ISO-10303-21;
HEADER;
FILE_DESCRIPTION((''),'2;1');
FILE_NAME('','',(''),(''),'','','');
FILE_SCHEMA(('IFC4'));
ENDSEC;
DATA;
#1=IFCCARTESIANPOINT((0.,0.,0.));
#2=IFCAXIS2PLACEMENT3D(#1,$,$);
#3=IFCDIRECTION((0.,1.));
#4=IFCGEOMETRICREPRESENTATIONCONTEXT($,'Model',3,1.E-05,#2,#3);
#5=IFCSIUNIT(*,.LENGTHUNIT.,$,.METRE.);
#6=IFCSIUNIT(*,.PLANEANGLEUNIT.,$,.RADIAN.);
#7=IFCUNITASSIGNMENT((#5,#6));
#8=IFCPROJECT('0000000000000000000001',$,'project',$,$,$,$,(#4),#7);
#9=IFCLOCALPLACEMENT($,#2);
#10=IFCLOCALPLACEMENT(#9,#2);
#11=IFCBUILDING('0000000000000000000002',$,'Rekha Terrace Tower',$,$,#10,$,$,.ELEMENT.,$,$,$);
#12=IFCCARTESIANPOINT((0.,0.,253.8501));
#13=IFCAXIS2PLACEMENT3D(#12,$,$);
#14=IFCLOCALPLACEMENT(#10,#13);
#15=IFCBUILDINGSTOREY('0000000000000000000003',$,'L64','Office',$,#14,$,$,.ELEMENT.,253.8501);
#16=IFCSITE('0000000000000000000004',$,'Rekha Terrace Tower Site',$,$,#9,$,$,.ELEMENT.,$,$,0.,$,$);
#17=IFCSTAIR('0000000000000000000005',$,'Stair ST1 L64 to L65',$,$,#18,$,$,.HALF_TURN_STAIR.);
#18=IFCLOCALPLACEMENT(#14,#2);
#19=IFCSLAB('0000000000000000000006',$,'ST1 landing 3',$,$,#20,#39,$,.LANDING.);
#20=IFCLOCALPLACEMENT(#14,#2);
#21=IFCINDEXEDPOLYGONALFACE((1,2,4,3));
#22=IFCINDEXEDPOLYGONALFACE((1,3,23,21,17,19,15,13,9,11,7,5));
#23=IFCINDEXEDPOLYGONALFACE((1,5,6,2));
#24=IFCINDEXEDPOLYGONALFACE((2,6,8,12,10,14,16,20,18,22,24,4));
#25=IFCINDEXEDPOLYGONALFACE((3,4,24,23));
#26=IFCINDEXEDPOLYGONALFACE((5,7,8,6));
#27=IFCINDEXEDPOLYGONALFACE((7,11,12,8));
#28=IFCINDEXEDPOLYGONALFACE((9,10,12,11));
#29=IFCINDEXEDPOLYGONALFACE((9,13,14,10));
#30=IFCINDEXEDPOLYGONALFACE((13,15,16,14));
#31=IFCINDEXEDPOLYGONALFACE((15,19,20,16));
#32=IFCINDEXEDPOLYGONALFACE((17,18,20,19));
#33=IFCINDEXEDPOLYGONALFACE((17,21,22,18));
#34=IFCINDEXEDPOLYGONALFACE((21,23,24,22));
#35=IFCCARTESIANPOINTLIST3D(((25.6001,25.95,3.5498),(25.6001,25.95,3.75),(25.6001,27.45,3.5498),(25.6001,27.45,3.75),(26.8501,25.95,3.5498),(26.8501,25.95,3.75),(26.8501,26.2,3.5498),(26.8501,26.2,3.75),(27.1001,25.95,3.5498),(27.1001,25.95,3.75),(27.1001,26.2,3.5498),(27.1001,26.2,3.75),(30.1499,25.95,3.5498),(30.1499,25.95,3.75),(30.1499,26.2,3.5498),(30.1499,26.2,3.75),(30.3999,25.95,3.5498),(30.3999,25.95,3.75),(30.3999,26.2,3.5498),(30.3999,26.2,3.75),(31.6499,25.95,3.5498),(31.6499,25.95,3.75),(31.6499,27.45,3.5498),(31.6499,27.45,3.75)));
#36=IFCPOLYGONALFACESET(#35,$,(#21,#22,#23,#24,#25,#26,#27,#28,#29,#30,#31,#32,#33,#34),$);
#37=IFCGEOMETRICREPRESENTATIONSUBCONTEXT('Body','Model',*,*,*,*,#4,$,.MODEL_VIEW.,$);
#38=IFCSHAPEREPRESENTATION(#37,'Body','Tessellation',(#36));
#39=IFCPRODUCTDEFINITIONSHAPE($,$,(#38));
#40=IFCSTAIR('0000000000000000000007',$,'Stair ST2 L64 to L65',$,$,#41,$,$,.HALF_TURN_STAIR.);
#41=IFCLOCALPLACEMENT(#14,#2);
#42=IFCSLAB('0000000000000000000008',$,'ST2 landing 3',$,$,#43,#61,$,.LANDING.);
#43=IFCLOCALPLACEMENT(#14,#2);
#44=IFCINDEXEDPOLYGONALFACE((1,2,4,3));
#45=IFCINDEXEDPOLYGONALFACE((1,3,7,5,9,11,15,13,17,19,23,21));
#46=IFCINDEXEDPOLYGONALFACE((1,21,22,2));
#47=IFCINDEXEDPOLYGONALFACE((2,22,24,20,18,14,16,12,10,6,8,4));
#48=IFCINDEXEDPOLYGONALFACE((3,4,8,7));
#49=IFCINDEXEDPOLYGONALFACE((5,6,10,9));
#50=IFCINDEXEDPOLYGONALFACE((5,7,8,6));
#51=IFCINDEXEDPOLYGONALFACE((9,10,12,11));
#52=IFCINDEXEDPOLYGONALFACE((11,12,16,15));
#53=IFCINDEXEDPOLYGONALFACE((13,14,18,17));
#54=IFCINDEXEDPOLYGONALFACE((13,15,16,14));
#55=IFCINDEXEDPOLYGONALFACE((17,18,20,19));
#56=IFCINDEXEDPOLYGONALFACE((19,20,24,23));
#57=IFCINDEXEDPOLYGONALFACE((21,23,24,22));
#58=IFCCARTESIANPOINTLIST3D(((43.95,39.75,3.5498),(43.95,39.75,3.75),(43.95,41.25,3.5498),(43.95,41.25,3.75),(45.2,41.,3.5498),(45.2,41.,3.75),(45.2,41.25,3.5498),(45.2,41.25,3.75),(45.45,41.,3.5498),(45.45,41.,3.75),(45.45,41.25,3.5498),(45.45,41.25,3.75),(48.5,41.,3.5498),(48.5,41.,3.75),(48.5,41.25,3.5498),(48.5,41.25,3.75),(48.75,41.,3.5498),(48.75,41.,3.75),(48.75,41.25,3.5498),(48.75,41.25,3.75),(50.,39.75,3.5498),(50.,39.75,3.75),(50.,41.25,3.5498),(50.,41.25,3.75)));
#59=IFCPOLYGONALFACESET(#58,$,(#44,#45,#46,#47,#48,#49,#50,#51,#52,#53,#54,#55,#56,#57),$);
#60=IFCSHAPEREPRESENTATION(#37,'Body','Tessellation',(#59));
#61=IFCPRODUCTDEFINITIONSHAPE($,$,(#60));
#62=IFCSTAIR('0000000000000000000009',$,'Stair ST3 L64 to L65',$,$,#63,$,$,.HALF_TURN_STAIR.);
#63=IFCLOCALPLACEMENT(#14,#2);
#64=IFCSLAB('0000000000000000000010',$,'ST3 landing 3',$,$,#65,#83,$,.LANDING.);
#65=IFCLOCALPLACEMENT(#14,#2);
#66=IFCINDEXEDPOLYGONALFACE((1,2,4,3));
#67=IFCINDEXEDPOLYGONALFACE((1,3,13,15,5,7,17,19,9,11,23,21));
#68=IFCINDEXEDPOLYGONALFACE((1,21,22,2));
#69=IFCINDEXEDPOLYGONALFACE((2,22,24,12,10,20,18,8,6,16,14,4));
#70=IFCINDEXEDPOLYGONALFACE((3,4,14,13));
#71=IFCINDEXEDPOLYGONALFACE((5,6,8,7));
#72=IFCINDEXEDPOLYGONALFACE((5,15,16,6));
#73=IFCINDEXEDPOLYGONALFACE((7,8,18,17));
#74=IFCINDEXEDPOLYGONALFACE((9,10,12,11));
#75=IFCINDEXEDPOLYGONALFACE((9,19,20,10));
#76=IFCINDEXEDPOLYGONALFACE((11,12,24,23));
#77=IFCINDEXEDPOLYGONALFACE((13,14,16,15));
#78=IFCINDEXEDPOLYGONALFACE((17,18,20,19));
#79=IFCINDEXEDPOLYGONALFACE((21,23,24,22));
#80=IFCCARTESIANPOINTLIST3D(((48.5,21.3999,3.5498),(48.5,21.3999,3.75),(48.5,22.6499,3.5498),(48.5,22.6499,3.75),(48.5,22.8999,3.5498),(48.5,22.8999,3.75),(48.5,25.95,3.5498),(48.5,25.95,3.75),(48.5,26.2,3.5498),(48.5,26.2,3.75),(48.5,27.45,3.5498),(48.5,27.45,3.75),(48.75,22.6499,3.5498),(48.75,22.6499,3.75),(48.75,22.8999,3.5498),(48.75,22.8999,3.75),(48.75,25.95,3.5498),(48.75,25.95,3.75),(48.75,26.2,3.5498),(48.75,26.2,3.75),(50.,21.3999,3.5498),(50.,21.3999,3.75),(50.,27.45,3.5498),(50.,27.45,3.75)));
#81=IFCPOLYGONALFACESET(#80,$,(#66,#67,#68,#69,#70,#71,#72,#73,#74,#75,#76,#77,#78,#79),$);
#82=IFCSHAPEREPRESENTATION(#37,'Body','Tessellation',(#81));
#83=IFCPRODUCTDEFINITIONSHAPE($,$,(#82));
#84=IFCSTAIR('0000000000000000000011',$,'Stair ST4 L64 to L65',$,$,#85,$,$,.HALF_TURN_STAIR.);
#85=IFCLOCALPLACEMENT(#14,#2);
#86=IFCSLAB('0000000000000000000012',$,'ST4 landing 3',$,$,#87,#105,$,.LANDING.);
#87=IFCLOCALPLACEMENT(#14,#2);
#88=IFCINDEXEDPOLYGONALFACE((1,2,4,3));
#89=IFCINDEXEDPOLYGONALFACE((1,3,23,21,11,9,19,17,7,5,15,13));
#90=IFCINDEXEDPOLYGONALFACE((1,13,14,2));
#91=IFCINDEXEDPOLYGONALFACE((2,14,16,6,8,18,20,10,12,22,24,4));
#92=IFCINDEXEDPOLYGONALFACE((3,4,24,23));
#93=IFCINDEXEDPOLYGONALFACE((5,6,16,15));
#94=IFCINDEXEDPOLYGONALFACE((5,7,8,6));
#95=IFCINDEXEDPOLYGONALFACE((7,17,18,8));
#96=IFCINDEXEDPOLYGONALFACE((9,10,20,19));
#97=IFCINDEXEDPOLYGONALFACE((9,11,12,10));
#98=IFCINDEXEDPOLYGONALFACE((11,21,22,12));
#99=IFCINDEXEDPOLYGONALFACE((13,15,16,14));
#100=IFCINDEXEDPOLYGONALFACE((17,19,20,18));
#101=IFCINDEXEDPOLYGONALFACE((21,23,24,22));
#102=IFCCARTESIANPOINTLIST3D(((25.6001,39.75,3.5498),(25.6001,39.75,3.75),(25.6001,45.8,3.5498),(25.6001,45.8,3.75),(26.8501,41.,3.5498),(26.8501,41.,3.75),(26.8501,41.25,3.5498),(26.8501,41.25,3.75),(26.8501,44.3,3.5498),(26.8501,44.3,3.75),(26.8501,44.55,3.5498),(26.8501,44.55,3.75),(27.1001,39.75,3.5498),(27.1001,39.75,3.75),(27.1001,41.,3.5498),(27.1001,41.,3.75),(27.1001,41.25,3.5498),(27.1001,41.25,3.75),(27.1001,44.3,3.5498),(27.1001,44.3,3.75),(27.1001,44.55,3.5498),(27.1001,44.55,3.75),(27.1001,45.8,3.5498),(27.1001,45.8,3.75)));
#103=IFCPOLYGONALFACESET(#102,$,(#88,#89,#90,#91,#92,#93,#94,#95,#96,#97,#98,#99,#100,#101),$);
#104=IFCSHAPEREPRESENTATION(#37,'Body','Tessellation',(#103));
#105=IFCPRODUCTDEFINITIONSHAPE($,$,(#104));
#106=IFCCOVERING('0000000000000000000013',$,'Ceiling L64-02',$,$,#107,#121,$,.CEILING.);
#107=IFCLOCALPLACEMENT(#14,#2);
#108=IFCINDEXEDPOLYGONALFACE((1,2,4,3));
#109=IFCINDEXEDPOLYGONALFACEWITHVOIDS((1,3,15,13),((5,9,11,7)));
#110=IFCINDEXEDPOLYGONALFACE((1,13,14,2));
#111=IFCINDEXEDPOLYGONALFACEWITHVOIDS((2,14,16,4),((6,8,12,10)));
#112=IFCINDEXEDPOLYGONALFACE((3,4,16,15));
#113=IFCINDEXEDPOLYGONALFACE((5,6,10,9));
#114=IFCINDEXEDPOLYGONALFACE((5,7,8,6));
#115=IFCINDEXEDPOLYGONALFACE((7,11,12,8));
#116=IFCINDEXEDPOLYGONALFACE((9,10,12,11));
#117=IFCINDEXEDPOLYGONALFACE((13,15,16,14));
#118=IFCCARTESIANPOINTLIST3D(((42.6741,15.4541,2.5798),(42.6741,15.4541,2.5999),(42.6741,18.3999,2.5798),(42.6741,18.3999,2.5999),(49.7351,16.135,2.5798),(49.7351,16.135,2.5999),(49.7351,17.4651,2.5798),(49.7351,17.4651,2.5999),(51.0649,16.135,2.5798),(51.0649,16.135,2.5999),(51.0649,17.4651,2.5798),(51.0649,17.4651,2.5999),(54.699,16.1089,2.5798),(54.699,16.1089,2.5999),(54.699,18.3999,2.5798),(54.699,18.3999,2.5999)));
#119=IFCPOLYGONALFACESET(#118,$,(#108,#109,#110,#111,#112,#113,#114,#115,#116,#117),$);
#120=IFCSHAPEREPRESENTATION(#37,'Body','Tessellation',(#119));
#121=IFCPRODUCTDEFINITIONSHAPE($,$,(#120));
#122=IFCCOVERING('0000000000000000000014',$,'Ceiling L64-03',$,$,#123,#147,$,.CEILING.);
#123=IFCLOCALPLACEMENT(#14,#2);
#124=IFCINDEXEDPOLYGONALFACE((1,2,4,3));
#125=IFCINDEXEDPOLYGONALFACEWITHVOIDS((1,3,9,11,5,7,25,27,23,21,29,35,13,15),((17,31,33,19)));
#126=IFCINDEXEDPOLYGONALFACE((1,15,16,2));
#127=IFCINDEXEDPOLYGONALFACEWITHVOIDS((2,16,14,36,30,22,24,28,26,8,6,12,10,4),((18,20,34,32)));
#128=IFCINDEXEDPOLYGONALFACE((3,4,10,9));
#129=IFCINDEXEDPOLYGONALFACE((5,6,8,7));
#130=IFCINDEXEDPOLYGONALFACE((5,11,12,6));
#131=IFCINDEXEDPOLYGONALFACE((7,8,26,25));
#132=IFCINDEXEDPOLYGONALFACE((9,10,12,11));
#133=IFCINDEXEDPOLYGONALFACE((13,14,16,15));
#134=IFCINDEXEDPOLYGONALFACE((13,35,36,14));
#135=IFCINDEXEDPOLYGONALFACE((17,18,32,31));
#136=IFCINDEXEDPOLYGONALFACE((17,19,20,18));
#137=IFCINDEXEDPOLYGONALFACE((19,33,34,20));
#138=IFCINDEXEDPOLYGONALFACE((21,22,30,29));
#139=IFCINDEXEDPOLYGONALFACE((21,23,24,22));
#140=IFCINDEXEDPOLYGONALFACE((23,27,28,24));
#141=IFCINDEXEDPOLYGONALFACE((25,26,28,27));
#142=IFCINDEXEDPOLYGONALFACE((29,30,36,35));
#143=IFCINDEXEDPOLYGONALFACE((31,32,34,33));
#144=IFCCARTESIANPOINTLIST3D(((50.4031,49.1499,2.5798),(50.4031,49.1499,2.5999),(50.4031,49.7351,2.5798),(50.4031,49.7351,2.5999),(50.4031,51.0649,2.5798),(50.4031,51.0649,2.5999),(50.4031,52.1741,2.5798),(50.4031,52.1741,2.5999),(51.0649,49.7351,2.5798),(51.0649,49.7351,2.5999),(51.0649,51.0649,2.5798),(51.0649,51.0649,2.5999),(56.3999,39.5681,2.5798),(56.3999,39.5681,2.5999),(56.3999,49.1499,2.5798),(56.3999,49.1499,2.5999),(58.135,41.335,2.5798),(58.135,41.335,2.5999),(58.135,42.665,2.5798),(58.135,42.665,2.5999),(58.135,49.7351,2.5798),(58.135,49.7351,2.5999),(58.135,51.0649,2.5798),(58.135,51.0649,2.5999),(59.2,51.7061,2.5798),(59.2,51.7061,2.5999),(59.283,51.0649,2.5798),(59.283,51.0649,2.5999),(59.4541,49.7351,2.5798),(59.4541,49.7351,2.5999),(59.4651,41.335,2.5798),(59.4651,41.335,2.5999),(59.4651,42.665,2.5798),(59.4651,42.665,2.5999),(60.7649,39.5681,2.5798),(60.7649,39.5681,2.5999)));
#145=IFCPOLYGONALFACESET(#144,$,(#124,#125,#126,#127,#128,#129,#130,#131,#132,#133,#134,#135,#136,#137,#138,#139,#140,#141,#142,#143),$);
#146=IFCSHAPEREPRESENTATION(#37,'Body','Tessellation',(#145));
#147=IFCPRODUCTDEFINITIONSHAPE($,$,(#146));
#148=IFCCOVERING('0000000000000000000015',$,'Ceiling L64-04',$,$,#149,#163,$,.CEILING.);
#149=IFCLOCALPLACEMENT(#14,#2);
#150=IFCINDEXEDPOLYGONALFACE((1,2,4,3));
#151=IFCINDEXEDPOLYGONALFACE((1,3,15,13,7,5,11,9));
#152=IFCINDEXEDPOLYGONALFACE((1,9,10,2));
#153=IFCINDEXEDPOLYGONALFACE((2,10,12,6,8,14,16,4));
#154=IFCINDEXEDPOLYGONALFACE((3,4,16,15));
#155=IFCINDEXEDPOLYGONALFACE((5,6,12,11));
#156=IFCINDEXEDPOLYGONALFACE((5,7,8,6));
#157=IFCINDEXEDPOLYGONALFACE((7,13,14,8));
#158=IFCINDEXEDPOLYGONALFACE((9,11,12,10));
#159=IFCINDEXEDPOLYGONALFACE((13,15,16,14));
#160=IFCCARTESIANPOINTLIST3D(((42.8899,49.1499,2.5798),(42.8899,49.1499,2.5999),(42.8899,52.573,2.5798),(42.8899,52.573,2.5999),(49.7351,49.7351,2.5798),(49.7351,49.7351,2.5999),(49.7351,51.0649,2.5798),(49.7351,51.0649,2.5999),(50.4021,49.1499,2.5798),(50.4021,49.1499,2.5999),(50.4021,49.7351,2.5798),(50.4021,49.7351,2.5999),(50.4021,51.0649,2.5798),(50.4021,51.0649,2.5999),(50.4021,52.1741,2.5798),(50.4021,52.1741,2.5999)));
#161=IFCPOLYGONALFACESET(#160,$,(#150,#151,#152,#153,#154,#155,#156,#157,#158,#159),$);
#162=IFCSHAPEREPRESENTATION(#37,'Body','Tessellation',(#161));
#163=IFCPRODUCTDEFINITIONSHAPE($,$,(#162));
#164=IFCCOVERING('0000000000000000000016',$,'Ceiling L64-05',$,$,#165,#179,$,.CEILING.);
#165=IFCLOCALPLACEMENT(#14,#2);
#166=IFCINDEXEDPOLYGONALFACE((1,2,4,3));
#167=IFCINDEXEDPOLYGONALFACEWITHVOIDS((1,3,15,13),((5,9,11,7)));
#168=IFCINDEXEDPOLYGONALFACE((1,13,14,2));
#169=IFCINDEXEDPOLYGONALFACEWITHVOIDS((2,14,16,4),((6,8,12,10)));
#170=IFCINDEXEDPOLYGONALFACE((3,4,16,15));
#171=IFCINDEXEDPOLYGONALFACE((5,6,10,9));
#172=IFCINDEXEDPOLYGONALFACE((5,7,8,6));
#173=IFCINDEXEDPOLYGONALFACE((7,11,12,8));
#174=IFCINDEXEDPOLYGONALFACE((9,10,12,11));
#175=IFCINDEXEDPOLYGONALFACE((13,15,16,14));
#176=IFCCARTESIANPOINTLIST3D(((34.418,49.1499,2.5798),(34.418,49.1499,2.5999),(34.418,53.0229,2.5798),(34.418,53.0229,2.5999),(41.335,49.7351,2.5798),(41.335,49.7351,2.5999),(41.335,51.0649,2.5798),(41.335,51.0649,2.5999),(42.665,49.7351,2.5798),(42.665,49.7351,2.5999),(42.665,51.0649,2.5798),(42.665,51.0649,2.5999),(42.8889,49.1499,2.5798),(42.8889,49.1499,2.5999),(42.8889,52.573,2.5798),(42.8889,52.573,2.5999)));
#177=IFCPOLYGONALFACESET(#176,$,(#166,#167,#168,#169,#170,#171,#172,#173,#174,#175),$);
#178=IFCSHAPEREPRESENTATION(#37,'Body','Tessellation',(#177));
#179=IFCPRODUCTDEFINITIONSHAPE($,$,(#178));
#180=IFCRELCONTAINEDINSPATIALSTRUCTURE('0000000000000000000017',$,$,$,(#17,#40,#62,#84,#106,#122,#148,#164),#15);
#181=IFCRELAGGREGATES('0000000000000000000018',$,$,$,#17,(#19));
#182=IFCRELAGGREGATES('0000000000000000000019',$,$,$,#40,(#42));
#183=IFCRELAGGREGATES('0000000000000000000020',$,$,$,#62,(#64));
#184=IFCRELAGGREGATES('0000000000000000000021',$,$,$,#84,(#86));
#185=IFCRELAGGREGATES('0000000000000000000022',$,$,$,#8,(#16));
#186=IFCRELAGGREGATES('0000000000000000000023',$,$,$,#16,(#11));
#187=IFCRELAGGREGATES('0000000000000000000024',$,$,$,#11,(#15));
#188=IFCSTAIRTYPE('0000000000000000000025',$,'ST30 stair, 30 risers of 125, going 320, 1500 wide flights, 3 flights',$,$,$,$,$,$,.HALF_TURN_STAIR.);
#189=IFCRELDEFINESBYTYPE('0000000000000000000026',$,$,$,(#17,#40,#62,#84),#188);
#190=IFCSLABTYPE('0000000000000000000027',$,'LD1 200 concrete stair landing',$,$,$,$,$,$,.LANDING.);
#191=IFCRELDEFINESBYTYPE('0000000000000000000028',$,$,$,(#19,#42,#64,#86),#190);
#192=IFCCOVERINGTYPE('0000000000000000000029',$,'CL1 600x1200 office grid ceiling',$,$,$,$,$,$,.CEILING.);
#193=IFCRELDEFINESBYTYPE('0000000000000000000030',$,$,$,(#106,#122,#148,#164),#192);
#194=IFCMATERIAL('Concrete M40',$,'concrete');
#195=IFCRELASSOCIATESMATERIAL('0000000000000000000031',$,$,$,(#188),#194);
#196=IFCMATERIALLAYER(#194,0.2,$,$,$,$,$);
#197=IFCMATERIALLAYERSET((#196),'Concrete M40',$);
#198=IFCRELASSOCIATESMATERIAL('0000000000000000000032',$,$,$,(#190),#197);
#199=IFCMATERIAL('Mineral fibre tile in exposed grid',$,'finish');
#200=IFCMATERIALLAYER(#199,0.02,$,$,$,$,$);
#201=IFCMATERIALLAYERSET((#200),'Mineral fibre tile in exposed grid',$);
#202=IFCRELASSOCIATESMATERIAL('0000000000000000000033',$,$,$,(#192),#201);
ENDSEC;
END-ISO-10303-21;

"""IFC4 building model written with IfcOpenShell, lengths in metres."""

from ifc_helpers import new_model, si_unit, direction, frame, origin, place, context, subcontext, project, spatial, polyline, outline, extrude, material, layer, layer_set, type_object, element, aggregate, save


model = new_model("IFC4")

# Units and contexts
model_context = context("Model", 3, precision=1e-05, world=origin(), true_north=direction((0.0, 1.0)))
body_context = subcontext(model_context, "Body", "Model", "MODEL_VIEW")
ifc_project = project(units=[si_unit("LENGTHUNIT", "METRE"), si_unit("PLANEANGLEUNIT", "RADIAN")], contexts=[model_context])

# Site, building, storey
site_placement = place(None, origin())
site = spatial("IfcSite", under=ifc_project, at=site_placement, Name="Rekha Terrace Tower Site", CompositionType="ELEMENT", RefElevation=0.0)
building_placement = place(site_placement, origin())
building = spatial("IfcBuilding", under=site, at=building_placement, Name="Rekha Terrace Tower", CompositionType="ELEMENT")
storey_placement = place(building_placement, frame((0.0, 0.0, 253.8501)))
storey = spatial("IfcBuildingStorey", under=building, at=storey_placement, Name="L64", Description="Office", CompositionType="ELEMENT", Elevation=253.8501)

# Stairs, slabs
ifc_material_1 = material(Name="Concrete M40", Category="concrete")
stair_type = type_object("IfcStairType", Name="ST30 stair, 30 risers of 125, going 320, 1500 wide flights, 3 flights", PredefinedType="HALF_TURN_STAIR", material=ifc_material_1)
stair_1_placement = place(storey_placement, origin())
stair_1 = element("IfcStair", 1, at=stair_1_placement, inside=storey, type_object=stair_type, Name="Stair ST1 L64 to L65", PredefinedType="HALF_TURN_STAIR")
ifc_layer_1 = layer(ifc_material_1, 0.2)
ifc_layer_set_1 = layer_set([ifc_layer_1], Name="Concrete M40")
slab_type = type_object("IfcSlabType", Name="LD1 200 concrete stair landing", PredefinedType="LANDING", material=ifc_layer_set_1)
slab_1_placement = place(storey_placement, frame((0.0, 0.0, 3.5498)))
slab_1 = element("IfcSlab", 2, at=slab_1_placement, type_object=slab_type, Name="ST1 landing 3", PredefinedType="LANDING", context=body_context, shape_type="SweptSolid", body=[
    extrude(outline(polyline([(31.6499, 25.95), (31.6499, 27.45), (25.6001, 27.45), (25.6001, 25.95), (26.8501, 25.95), (26.8501, 26.2), (27.1001, 26.2), (27.1001, 25.95), (30.1499, 25.95), (30.1499, 26.2), (30.3999, 26.2), (30.3999, 25.95), (31.6499, 25.95)])), origin(), (0.0, 0.0, 1.0), 0.2002),
])
aggregate(stair_1, [slab_1])
stair_2_placement = place(storey_placement, origin())
stair_2 = element("IfcStair", 3, at=stair_2_placement, inside=storey, type_object=stair_type, Name="Stair ST2 L64 to L65", PredefinedType="HALF_TURN_STAIR")
slab_2_placement = place(storey_placement, frame((0.0, 0.0, 3.5498)))
slab_2 = element("IfcSlab", 4, at=slab_2_placement, type_object=slab_type, Name="ST2 landing 3", PredefinedType="LANDING", context=body_context, shape_type="SweptSolid", body=[
    extrude(outline(polyline([(43.95, 41.25), (43.95, 39.75), (50.0, 39.75), (50.0, 41.25), (48.75, 41.25), (48.75, 41.0), (48.5, 41.0), (48.5, 41.25), (45.45, 41.25), (45.45, 41.0), (45.2, 41.0), (45.2, 41.25), (43.95, 41.25)])), origin(), (0.0, 0.0, 1.0), 0.2002),
])
aggregate(stair_2, [slab_2])
stair_3_placement = place(storey_placement, origin())
stair_3 = element("IfcStair", 5, at=stair_3_placement, inside=storey, type_object=stair_type, Name="Stair ST3 L64 to L65", PredefinedType="HALF_TURN_STAIR")
slab_3_placement = place(storey_placement, frame((0.0, 0.0, 3.5498)))
slab_3 = element("IfcSlab", 6, at=slab_3_placement, type_object=slab_type, Name="ST3 landing 3", PredefinedType="LANDING", context=body_context, shape_type="SweptSolid", body=[
    extrude(outline(polyline([(48.5, 21.3999), (50.0, 21.3999), (50.0, 27.45), (48.5, 27.45), (48.5, 26.2), (48.75, 26.2), (48.75, 25.95), (48.5, 25.95), (48.5, 22.8999), (48.75, 22.8999), (48.75, 22.6499), (48.5, 22.6499), (48.5, 21.3999)])), origin(), (0.0, 0.0, 1.0), 0.2002),
])
aggregate(stair_3, [slab_3])
stair_4_placement = place(storey_placement, origin())
stair_4 = element("IfcStair", 7, at=stair_4_placement, inside=storey, type_object=stair_type, Name="Stair ST4 L64 to L65", PredefinedType="HALF_TURN_STAIR")
slab_4_placement = place(storey_placement, frame((0.0, 0.0, 3.5498)))
slab_4 = element("IfcSlab", 8, at=slab_4_placement, type_object=slab_type, Name="ST4 landing 3", PredefinedType="LANDING", context=body_context, shape_type="SweptSolid", body=[
    extrude(outline(polyline([(27.1001, 39.75), (25.6001, 39.75), (25.6001, 45.8), (27.1001, 45.8), (27.1001, 44.55), (26.8501, 44.55), (26.8501, 44.3), (27.1001, 44.3), (27.1001, 41.25), (26.8501, 41.25), (26.8501, 41.0), (27.1001, 41.0), (27.1001, 39.75)])), origin(), (0.0, 0.0, 1.0), 0.2002),
])
aggregate(stair_4, [slab_4])

# Coverings
ifc_material_2 = material(Name="Mineral fibre tile in exposed grid", Category="finish")
ifc_layer_2 = layer(ifc_material_2, 0.02)
ifc_layer_set_2 = layer_set([ifc_layer_2], Name="Mineral fibre tile in exposed grid")
covering_type_1 = type_object("IfcCoveringType", Name="CL1 600x1200 office grid ceiling", PredefinedType="CEILING", material=ifc_layer_set_2)
covering_1_placement = place(storey_placement, frame((0.0, 0.0, 2.5798)))
element("IfcCovering", 9, at=covering_1_placement, inside=storey, type_object=covering_type_1, Name="Ceiling L64-02", PredefinedType="CEILING", context=body_context, shape_type="SweptSolid", body=[
    extrude(outline(polyline([(54.699, 18.3999), (42.6741, 18.3999), (42.6741, 15.4541), (54.699, 16.1089), (54.699, 18.3999)]), holes=[polyline([(51.0649, 16.135), (49.7351, 16.135), (49.7351, 17.4651), (51.0649, 17.4651), (51.0649, 16.135)])]), origin(), (0.0, 0.0, 1.0), 0.02),
])
covering_2_placement = place(storey_placement, frame((0.0, 0.0, 2.5798)))
element("IfcCovering", 10, at=covering_2_placement, inside=storey, type_object=covering_type_1, Name="Ceiling L64-03", PredefinedType="CEILING", context=body_context, shape_type="SweptSolid", body=[
    extrude(outline(polyline([(51.0649, 49.7351), (50.4031, 49.7351), (50.4031, 49.1499), (56.3999, 49.1499), (56.3999, 39.5681), (60.7649, 39.5681), (59.4541, 49.7351), (58.135, 49.7351), (58.135, 51.0649), (59.283, 51.0649), (59.2, 51.7061), (50.4031, 52.1741), (50.4031, 51.0649), (51.0649, 51.0649), (51.0649, 49.7351)]), holes=[polyline([(59.4651, 41.335), (58.135, 41.335), (58.135, 42.665), (59.4651, 42.665), (59.4651, 41.335)])]), origin(), (0.0, 0.0, 1.0), 0.02),
])
covering_3_placement = place(storey_placement, frame((0.0, 0.0, 2.5798)))
element("IfcCovering", 11, at=covering_3_placement, inside=storey, type_object=covering_type_1, Name="Ceiling L64-04", PredefinedType="CEILING", context=body_context, shape_type="SweptSolid", body=[
    extrude(outline(polyline([(50.4021, 51.0649), (50.4021, 52.1741), (42.8899, 52.573), (42.8899, 49.1499), (50.4021, 49.1499), (50.4021, 49.7351), (49.7351, 49.7351), (49.7351, 51.0649), (50.4021, 51.0649)])), origin(), (0.0, 0.0, 1.0), 0.02),
])
covering_4_placement = place(storey_placement, frame((0.0, 0.0, 2.5798)))
element("IfcCovering", 12, at=covering_4_placement, inside=storey, type_object=covering_type_1, Name="Ceiling L64-05", PredefinedType="CEILING", context=body_context, shape_type="SweptSolid", body=[
    extrude(outline(polyline([(42.8889, 49.1499), (42.8889, 52.573), (34.418, 53.0229), (34.418, 49.1499), (42.8889, 49.1499)]), holes=[polyline([(42.665, 49.7351), (41.335, 49.7351), (41.335, 51.0649), (42.665, 51.0649), (42.665, 49.7351)])]), origin(), (0.0, 0.0, 1.0), 0.02),
])

save(model, "model.ifc")
